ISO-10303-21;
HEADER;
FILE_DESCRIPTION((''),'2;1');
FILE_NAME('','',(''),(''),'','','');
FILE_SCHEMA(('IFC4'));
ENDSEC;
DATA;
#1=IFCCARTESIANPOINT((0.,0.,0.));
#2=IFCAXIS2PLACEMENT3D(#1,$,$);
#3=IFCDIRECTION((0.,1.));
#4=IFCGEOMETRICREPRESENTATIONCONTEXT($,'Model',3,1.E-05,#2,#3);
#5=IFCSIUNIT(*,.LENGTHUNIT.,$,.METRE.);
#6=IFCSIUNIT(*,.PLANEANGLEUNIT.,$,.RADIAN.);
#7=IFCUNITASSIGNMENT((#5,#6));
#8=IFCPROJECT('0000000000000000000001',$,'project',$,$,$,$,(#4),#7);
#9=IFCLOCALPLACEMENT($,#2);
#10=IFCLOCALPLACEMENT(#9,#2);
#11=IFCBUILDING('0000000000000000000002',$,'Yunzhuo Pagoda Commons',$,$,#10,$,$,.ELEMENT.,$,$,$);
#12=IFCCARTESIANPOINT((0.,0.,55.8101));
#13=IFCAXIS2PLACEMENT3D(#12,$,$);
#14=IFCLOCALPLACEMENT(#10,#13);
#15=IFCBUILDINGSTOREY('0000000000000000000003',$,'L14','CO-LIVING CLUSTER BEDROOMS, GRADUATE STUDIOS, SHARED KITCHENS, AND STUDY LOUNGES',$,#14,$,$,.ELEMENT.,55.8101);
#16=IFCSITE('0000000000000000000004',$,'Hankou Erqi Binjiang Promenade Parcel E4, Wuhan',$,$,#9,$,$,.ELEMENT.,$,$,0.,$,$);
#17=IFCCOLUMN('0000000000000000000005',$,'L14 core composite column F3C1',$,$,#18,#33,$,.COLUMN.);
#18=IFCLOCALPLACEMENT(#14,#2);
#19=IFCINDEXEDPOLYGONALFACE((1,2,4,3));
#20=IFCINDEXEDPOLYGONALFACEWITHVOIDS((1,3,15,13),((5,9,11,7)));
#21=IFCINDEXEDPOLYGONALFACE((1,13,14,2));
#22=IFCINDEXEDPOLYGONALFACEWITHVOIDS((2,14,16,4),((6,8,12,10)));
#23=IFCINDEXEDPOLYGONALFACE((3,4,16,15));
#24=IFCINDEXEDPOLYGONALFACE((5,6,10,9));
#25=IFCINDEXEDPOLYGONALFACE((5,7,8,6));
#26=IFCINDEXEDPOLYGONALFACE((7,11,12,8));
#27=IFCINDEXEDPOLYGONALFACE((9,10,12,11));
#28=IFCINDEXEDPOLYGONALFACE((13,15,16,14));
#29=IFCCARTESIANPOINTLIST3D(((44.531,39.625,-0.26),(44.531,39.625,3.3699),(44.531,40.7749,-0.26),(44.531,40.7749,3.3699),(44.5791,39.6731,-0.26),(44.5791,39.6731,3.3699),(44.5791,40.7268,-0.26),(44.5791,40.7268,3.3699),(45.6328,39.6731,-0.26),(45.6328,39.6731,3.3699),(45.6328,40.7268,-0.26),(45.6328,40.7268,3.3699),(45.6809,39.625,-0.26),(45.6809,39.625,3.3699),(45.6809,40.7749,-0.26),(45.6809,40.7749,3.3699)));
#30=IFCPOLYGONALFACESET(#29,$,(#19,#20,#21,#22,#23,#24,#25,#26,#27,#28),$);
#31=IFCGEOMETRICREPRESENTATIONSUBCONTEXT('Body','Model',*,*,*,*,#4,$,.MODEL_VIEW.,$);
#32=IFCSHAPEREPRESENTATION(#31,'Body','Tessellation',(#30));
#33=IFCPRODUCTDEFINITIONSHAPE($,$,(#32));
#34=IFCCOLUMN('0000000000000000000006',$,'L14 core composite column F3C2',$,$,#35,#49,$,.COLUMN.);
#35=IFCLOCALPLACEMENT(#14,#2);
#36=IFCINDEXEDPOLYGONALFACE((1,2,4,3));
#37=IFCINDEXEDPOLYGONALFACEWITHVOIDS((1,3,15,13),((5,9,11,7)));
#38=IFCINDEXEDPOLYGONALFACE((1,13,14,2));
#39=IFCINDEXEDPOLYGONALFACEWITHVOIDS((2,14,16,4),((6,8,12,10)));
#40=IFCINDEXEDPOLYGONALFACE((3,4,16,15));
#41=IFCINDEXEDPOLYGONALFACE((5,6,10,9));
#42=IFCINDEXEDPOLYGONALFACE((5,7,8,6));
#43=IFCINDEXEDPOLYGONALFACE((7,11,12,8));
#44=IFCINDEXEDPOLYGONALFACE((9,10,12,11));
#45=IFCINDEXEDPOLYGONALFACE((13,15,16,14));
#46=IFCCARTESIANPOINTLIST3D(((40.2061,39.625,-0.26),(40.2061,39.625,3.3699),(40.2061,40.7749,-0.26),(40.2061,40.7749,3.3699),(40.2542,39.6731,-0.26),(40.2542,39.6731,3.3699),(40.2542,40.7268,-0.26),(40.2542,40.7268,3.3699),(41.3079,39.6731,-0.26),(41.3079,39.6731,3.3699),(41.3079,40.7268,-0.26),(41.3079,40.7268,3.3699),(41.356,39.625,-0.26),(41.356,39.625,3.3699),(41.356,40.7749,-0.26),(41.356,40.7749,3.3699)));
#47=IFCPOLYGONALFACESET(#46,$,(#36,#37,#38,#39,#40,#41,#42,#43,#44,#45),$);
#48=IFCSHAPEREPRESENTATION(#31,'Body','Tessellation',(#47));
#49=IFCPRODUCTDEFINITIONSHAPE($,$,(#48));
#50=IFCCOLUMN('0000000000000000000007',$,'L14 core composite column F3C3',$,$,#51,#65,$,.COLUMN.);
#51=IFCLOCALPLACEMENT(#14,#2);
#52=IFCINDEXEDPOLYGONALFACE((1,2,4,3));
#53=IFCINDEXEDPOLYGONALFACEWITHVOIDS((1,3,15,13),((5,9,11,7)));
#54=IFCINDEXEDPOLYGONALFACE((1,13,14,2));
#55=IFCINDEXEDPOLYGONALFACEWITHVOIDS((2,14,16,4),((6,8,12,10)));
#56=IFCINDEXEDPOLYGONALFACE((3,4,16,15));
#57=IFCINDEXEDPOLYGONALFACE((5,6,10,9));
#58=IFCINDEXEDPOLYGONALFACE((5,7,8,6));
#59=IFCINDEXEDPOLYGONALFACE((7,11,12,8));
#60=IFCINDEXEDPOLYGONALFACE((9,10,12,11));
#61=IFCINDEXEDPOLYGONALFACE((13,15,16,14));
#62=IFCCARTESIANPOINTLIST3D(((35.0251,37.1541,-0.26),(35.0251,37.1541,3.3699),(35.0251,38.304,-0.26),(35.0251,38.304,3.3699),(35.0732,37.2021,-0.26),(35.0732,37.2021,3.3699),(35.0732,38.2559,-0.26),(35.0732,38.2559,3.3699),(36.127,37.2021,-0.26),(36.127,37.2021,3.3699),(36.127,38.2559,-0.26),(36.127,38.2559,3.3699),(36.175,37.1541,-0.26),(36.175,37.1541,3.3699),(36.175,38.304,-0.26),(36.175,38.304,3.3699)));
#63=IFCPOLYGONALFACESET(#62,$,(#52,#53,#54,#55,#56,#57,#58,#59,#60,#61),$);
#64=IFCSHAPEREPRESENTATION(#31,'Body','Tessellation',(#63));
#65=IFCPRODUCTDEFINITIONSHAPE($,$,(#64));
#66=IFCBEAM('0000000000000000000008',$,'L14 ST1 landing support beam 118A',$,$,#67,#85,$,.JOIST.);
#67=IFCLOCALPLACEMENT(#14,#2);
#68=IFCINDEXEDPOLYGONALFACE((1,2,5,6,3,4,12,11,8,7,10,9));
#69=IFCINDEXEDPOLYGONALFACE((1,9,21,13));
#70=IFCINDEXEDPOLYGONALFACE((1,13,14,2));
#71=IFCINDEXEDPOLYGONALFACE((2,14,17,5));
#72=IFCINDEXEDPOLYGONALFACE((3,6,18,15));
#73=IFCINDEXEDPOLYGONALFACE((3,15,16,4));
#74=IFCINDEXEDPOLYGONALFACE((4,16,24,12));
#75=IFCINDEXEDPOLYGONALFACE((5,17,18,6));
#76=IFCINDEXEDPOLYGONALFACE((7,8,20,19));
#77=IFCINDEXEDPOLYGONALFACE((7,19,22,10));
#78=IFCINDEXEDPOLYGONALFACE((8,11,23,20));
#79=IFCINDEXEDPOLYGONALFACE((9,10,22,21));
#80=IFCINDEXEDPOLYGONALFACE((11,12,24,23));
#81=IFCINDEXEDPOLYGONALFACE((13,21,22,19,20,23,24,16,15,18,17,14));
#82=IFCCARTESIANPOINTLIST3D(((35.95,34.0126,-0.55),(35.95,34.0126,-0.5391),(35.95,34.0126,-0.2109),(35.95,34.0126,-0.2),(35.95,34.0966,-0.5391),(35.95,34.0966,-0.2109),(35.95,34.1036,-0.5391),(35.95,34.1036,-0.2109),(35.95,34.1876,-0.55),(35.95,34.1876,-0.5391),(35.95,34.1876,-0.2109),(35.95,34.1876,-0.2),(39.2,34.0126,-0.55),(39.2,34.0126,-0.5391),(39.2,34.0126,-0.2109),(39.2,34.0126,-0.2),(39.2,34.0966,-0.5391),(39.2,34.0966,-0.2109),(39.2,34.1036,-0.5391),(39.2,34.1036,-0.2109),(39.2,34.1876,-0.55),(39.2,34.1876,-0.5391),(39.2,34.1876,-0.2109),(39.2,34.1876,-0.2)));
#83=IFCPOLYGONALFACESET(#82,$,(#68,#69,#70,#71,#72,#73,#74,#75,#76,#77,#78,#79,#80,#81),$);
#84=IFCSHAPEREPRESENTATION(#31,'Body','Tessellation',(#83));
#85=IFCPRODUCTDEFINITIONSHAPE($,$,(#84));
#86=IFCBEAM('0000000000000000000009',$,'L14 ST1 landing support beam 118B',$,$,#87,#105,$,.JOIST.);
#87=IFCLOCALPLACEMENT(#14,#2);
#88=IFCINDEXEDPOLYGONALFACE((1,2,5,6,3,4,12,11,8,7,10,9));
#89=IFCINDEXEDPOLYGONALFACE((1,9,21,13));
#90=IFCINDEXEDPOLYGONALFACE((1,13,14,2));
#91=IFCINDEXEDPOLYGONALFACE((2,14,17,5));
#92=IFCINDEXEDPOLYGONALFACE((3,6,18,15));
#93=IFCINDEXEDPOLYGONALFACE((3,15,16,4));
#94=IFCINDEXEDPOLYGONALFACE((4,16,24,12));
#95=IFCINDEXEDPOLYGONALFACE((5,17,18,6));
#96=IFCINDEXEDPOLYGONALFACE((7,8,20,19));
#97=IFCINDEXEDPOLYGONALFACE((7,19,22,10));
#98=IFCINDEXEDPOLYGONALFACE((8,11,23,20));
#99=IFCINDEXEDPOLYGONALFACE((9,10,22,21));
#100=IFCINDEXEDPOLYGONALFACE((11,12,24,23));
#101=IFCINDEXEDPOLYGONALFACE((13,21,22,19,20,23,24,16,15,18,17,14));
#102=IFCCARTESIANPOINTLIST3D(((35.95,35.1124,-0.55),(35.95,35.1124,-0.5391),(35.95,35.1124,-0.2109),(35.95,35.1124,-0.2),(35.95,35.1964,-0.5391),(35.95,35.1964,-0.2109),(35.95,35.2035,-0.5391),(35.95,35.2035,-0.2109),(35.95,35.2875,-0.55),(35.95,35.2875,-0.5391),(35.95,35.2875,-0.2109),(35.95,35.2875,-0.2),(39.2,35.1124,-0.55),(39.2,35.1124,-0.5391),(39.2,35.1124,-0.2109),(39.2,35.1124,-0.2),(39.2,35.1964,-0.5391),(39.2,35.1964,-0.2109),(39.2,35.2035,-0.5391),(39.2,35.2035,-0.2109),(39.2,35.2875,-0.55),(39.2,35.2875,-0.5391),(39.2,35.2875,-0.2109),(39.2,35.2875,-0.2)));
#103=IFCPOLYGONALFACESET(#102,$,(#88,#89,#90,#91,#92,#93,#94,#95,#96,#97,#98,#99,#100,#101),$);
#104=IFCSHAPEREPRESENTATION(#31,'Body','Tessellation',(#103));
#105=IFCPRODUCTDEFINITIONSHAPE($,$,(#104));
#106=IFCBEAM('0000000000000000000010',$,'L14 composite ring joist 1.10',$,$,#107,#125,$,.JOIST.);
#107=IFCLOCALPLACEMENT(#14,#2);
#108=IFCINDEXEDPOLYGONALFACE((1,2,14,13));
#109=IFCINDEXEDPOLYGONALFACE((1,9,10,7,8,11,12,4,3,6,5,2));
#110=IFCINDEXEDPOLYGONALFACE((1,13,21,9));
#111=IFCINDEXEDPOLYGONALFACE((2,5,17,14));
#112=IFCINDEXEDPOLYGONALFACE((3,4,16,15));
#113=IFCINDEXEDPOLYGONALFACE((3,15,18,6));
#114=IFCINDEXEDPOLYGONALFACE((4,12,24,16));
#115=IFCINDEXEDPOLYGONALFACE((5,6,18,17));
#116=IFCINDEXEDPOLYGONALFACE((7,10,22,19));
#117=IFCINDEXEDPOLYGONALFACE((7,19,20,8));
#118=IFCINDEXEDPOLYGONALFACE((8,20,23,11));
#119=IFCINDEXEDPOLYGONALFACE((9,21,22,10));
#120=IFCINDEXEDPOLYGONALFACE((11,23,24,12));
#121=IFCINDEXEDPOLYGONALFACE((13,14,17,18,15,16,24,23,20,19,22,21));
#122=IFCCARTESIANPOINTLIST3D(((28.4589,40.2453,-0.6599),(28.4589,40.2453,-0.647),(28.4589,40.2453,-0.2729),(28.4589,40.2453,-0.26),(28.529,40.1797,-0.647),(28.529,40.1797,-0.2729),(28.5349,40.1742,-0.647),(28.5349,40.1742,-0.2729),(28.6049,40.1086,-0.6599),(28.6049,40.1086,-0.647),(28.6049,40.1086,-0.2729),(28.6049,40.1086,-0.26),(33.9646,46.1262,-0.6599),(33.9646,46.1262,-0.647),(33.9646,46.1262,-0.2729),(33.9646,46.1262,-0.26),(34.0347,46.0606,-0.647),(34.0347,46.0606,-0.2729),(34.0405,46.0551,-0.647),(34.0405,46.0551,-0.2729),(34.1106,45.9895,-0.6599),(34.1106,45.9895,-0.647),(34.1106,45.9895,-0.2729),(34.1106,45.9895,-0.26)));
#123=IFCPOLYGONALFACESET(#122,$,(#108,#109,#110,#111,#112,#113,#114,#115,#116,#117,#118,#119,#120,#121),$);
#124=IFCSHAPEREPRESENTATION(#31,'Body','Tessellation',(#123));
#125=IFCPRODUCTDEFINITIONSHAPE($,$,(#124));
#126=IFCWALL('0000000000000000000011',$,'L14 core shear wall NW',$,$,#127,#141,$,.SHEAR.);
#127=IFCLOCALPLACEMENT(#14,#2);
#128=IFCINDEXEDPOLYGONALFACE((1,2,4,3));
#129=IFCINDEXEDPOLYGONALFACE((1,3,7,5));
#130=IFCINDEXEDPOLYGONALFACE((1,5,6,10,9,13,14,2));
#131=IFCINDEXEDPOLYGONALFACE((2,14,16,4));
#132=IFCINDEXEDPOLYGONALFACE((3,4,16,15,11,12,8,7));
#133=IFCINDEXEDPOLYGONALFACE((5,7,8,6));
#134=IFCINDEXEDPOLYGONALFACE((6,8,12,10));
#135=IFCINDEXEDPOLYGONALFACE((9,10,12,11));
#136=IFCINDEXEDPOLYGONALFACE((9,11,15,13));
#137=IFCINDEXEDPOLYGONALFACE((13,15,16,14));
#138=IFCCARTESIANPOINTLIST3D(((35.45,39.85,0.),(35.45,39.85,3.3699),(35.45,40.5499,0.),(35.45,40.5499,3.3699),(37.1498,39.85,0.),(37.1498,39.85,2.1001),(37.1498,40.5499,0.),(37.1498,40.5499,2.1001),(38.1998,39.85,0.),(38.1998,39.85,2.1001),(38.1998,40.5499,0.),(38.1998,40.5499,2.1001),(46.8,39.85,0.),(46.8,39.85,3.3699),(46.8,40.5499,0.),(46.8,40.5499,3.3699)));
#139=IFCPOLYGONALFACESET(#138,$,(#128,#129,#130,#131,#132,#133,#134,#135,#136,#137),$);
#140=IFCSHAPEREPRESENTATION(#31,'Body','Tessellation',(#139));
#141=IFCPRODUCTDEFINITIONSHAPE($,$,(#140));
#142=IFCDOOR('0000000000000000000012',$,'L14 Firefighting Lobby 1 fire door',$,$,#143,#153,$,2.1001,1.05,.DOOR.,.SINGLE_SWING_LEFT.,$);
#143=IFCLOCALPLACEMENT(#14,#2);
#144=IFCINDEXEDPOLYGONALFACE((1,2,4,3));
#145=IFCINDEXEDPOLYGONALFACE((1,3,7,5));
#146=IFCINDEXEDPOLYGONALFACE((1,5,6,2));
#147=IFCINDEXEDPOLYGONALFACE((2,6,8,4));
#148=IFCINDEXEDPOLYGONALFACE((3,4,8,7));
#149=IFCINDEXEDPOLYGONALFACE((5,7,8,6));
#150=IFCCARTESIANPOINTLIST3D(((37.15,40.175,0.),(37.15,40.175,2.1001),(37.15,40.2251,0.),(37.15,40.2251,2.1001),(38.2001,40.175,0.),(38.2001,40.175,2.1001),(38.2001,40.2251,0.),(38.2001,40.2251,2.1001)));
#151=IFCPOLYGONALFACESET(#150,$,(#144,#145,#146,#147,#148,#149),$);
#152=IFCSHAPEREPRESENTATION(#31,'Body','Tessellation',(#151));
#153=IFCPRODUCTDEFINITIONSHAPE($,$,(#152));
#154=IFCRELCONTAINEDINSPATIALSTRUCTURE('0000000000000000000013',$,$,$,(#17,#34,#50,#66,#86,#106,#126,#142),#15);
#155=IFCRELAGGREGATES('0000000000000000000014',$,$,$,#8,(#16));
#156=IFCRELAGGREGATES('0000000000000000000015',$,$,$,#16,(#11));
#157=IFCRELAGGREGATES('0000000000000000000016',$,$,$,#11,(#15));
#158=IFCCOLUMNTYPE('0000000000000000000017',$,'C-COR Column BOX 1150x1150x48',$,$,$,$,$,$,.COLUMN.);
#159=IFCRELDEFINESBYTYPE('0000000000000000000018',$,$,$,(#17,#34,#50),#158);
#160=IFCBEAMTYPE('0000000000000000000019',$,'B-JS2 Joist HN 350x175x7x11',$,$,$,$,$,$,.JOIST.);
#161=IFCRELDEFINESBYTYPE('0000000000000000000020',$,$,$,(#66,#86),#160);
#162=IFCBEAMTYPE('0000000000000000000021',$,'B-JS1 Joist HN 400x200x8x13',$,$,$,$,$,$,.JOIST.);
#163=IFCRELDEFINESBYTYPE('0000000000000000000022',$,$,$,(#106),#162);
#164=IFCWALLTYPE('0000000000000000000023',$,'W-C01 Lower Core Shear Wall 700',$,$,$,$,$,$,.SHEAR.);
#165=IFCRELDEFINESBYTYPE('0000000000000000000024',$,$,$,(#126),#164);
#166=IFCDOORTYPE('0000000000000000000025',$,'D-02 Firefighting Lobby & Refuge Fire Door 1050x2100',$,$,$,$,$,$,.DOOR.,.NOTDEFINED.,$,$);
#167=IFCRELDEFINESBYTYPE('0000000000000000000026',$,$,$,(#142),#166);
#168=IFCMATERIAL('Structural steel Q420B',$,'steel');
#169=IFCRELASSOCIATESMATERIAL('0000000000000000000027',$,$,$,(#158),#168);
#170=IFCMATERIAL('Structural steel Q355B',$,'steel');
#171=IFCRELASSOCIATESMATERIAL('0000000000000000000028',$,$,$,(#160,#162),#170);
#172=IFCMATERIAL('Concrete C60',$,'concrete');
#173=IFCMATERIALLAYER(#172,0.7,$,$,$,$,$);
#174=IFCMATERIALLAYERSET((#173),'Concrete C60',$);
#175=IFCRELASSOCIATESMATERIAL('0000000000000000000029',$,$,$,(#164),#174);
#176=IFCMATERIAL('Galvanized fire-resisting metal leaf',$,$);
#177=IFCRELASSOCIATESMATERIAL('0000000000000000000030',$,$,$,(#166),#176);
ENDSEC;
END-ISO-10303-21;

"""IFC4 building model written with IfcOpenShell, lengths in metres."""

from ifc_helpers import new_model, si_unit, direction, frame, frame_2d, origin, origin_2d, place, context, subcontext, project, spatial, rectangle, hollow_rectangle, i_section, extrude, source, transform, mapped, material, layer, layer_set, material_profile, profile_set, type_object, element, fill, save


model = new_model("IFC4")

# Units and contexts
model_context = context("Model", 3, precision=1e-05, world=origin(), true_north=direction((0.0, 1.0)))
body_context = subcontext(model_context, "Body", "Model", "MODEL_VIEW")
ifc_project = project(units=[si_unit("LENGTHUNIT", "METRE"), si_unit("PLANEANGLEUNIT", "RADIAN")], contexts=[model_context])

# Site, building, storey
site_placement = place(None, origin())
site = spatial("IfcSite", under=ifc_project, at=site_placement, Name="Hankou Erqi Binjiang Promenade Parcel E4, Wuhan", CompositionType="ELEMENT", RefElevation=0.0)
building_placement = place(site_placement, origin())
building = spatial("IfcBuilding", under=site, at=building_placement, Name="Yunzhuo Pagoda Commons", CompositionType="ELEMENT")
storey_placement = place(building_placement, frame((0.0, 0.0, 55.8101)))
storey = spatial("IfcBuildingStorey", under=building, at=storey_placement, Name="L14", Description="CO-LIVING CLUSTER BEDROOMS, GRADUATE STUDIOS, SHARED KITCHENS, AND STUDY LOUNGES", CompositionType="ELEMENT", Elevation=55.8101)

# Columns
ifc_material_1 = material(Name="Structural steel Q420B", Category="steel")
ifc_material_profile_1 = material_profile(ifc_material_1, hollow_rectangle(XDim=1.1499, YDim=1.1499, WallThickness=0.0481, at=origin_2d()), Name="Structural steel Q420B")
ifc_profile_set_1 = profile_set([ifc_material_profile_1], Name="Structural steel Q420B")
column_type = type_object("IfcColumnType", Name="C-COR Column BOX 1150x1150x48", PredefinedType="COLUMN", material=ifc_profile_set_1)
shared_shape_1 = source(origin(), body_context, "Body", "SweptSolid", [
    extrude(hollow_rectangle(XDim=1.1499, YDim=1.1499, WallThickness=0.0481, at=origin_2d()), origin(), (0.0, 0.0, 1.0), 3.6299),
])
for number, where, z_axis, x_axis, name in (
    (1, (45.106, 40.2, -0.26), (0.0, 0.0, 1.0), (1.0, 0.0, 0.0), "L14 core composite column F3C1"),
    (2, (40.781, 40.2, -0.26), (0.0, 0.0, 1.0), (1.0, 0.0, 0.0), "L14 core composite column F3C2"),
    (3, (35.6001, 37.729, -0.26), (0.0, 0.0, 1.0), (1.0, 0.0, 0.0), "L14 core composite column F3C3"),
):
    element("IfcColumn", number, at=place(storey_placement, frame(where, z_axis=z_axis, x_axis=x_axis)), inside=storey, type_object=column_type, Name=name, PredefinedType="COLUMN", context=body_context, shape_type="MappedRepresentation", body=[
        mapped(shared_shape_1, transform((0.0, 0.0, 0.0), scale=1.0)),
    ])

# Beams
ifc_material_2 = material(Name="Structural steel Q355B", Category="steel")
ifc_material_profile_2 = material_profile(ifc_material_2, i_section(OverallWidth=0.175, OverallDepth=0.3501, WebThickness=0.0071, FlangeThickness=0.011, at=origin_2d()), Name="Structural steel Q355B")
ifc_profile_set_2 = profile_set([ifc_material_profile_2], Name="Structural steel Q355B")
beam_type_1 = type_object("IfcBeamType", Name="B-JS2 Joist HN 350x175x7x11", PredefinedType="JOIST", material=ifc_profile_set_2)
shared_shape_2 = source(origin(), body_context, "Body", "SweptSolid", [
    extrude(i_section(OverallWidth=0.175, OverallDepth=0.3501, WebThickness=0.0071, FlangeThickness=0.011, at=origin_2d()), origin(), (0.0, 0.0, 1.0), 3.25),
])
for number, where, z_axis, x_axis, name in (
    (4, (35.95, 34.1001, -0.375), (1.0, 0.0, 0.0), (0.0, 1.0, 0.0), "L14 ST1 landing support beam 118A"),
    (5, (35.95, 35.2, -0.375), (1.0, 0.0, 0.0), (0.0, 1.0, 0.0), "L14 ST1 landing support beam 118B"),
):
    element("IfcBeam", number, at=place(storey_placement, frame(where, z_axis=z_axis, x_axis=x_axis)), inside=storey, type_object=beam_type_1, Name=name, PredefinedType="JOIST", context=body_context, shape_type="MappedRepresentation", body=[
        mapped(shared_shape_2, transform((0.0, 0.0, 0.0), scale=1.0)),
    ])
ifc_material_profile_3 = material_profile(ifc_material_2, i_section(OverallWidth=0.2, OverallDepth=0.3999, WebThickness=0.0081, FlangeThickness=0.0129, at=origin_2d()), Name="Structural steel Q355B")
ifc_profile_set_3 = profile_set([ifc_material_profile_3], Name="Structural steel Q355B")
beam_type_2 = type_object("IfcBeamType", Name="B-JS1 Joist HN 400x200x8x13", PredefinedType="JOIST", material=ifc_profile_set_3)
shared_shape_3 = source(origin(), body_context, "Body", "SweptSolid", [
    extrude(i_section(OverallWidth=0.2, OverallDepth=0.3999, WebThickness=0.0081, FlangeThickness=0.0129, at=origin_2d()), origin(), (0.0, 0.0, 1.0), 8.0559),
])
beam_placement = place(storey_placement, frame((34.0376, 46.0579, -0.46), z_axis=(-0.683433, -0.730013, 0.0), x_axis=(0.730013, -0.683433, 0.0)))
element("IfcBeam", 6, at=beam_placement, inside=storey, type_object=beam_type_2, Name="L14 composite ring joist 1.10", PredefinedType="JOIST", context=body_context, shape_type="MappedRepresentation", body=[
    mapped(shared_shape_3, transform((0.0, 0.0, 0.0), scale=1.0)),
])

# Wall, opening, door
ifc_material_3 = material(Name="Concrete C60", Category="concrete")
ifc_layer_1 = layer(ifc_material_3, 0.7)
ifc_layer_set_1 = layer_set([ifc_layer_1], Name="Concrete C60")
wall_type_1 = type_object("IfcWallType", Name="W-C01 Lower Core Shear Wall 700", PredefinedType="SHEAR", material=ifc_layer_set_1)
wall_1_placement = place(storey_placement, frame((35.45, 40.2, 0.0), z_axis=(0.0, 0.0, 1.0), x_axis=(1.0, 0.0, 0.0)))
wall_1 = element("IfcWall", 7, at=wall_1_placement, inside=storey, type_object=wall_type_1, Name="L14 core shear wall NW", PredefinedType="SHEAR", context=body_context, shape_type="SweptSolid", body=[
    extrude(rectangle(XDim=11.3501, YDim=0.7, at=frame_2d((5.675, 0.0))), origin(), (0.0, 0.0, 1.0), 3.3699),
])
opening_1_placement = place(wall_1_placement, frame((1.7, 0.0, 0.0)))
opening_1 = element("IfcOpeningElement", 8, at=opening_1_placement, cuts=wall_1, PredefinedType="OPENING", context=body_context, shape_type="SweptSolid", body=[
    extrude(rectangle(XDim=1.05, YDim=2.1001, at=frame_2d((0.5249, 1.05))), frame((0.0, 0.3599, 0.0), z_axis=(0.0, -1.0, 0.0), x_axis=(1.0, 0.0, 0.0)), (0.0, 0.0, 1.0), 0.72),
])
ifc_material_4 = material(Name="Galvanized fire-resisting metal leaf")
door_type_1 = type_object("IfcDoorType", Name="D-02 Firefighting Lobby & Refuge Fire Door 1050x2100", OperationType="NOTDEFINED", PredefinedType="DOOR", material=ifc_material_4)
shared_shape_4 = source(origin(), body_context, "Body", "SweptSolid", [
    extrude(rectangle(XDim=1.05, YDim=2.1001, at=frame_2d((0.5249, 1.05))), frame((0.0, 0.0249, 0.0), z_axis=(0.0, -1.0, 0.0), x_axis=(1.0, 0.0, 0.0)), (0.0, 0.0, 1.0), 0.05),
])
door_1_placement = place(opening_1_placement, frame((1.05, 0.0, 0.0), z_axis=(0.0, 0.0, 1.0), x_axis=(-1.0, 0.0, 0.0)))
door_1 = element("IfcDoor", 9, at=door_1_placement, inside=storey, type_object=door_type_1, Name="L14 Firefighting Lobby 1 fire door", OperationType="SINGLE_SWING_LEFT", OverallHeight=2.1001, OverallWidth=1.05, PredefinedType="DOOR", context=body_context, shape_type="MappedRepresentation", body=[
    mapped(shared_shape_4, transform((0.0, 0.0, 0.0), scale=1.0)),
])
fill(opening_1, door_1)

save(model, "model.ifc")
